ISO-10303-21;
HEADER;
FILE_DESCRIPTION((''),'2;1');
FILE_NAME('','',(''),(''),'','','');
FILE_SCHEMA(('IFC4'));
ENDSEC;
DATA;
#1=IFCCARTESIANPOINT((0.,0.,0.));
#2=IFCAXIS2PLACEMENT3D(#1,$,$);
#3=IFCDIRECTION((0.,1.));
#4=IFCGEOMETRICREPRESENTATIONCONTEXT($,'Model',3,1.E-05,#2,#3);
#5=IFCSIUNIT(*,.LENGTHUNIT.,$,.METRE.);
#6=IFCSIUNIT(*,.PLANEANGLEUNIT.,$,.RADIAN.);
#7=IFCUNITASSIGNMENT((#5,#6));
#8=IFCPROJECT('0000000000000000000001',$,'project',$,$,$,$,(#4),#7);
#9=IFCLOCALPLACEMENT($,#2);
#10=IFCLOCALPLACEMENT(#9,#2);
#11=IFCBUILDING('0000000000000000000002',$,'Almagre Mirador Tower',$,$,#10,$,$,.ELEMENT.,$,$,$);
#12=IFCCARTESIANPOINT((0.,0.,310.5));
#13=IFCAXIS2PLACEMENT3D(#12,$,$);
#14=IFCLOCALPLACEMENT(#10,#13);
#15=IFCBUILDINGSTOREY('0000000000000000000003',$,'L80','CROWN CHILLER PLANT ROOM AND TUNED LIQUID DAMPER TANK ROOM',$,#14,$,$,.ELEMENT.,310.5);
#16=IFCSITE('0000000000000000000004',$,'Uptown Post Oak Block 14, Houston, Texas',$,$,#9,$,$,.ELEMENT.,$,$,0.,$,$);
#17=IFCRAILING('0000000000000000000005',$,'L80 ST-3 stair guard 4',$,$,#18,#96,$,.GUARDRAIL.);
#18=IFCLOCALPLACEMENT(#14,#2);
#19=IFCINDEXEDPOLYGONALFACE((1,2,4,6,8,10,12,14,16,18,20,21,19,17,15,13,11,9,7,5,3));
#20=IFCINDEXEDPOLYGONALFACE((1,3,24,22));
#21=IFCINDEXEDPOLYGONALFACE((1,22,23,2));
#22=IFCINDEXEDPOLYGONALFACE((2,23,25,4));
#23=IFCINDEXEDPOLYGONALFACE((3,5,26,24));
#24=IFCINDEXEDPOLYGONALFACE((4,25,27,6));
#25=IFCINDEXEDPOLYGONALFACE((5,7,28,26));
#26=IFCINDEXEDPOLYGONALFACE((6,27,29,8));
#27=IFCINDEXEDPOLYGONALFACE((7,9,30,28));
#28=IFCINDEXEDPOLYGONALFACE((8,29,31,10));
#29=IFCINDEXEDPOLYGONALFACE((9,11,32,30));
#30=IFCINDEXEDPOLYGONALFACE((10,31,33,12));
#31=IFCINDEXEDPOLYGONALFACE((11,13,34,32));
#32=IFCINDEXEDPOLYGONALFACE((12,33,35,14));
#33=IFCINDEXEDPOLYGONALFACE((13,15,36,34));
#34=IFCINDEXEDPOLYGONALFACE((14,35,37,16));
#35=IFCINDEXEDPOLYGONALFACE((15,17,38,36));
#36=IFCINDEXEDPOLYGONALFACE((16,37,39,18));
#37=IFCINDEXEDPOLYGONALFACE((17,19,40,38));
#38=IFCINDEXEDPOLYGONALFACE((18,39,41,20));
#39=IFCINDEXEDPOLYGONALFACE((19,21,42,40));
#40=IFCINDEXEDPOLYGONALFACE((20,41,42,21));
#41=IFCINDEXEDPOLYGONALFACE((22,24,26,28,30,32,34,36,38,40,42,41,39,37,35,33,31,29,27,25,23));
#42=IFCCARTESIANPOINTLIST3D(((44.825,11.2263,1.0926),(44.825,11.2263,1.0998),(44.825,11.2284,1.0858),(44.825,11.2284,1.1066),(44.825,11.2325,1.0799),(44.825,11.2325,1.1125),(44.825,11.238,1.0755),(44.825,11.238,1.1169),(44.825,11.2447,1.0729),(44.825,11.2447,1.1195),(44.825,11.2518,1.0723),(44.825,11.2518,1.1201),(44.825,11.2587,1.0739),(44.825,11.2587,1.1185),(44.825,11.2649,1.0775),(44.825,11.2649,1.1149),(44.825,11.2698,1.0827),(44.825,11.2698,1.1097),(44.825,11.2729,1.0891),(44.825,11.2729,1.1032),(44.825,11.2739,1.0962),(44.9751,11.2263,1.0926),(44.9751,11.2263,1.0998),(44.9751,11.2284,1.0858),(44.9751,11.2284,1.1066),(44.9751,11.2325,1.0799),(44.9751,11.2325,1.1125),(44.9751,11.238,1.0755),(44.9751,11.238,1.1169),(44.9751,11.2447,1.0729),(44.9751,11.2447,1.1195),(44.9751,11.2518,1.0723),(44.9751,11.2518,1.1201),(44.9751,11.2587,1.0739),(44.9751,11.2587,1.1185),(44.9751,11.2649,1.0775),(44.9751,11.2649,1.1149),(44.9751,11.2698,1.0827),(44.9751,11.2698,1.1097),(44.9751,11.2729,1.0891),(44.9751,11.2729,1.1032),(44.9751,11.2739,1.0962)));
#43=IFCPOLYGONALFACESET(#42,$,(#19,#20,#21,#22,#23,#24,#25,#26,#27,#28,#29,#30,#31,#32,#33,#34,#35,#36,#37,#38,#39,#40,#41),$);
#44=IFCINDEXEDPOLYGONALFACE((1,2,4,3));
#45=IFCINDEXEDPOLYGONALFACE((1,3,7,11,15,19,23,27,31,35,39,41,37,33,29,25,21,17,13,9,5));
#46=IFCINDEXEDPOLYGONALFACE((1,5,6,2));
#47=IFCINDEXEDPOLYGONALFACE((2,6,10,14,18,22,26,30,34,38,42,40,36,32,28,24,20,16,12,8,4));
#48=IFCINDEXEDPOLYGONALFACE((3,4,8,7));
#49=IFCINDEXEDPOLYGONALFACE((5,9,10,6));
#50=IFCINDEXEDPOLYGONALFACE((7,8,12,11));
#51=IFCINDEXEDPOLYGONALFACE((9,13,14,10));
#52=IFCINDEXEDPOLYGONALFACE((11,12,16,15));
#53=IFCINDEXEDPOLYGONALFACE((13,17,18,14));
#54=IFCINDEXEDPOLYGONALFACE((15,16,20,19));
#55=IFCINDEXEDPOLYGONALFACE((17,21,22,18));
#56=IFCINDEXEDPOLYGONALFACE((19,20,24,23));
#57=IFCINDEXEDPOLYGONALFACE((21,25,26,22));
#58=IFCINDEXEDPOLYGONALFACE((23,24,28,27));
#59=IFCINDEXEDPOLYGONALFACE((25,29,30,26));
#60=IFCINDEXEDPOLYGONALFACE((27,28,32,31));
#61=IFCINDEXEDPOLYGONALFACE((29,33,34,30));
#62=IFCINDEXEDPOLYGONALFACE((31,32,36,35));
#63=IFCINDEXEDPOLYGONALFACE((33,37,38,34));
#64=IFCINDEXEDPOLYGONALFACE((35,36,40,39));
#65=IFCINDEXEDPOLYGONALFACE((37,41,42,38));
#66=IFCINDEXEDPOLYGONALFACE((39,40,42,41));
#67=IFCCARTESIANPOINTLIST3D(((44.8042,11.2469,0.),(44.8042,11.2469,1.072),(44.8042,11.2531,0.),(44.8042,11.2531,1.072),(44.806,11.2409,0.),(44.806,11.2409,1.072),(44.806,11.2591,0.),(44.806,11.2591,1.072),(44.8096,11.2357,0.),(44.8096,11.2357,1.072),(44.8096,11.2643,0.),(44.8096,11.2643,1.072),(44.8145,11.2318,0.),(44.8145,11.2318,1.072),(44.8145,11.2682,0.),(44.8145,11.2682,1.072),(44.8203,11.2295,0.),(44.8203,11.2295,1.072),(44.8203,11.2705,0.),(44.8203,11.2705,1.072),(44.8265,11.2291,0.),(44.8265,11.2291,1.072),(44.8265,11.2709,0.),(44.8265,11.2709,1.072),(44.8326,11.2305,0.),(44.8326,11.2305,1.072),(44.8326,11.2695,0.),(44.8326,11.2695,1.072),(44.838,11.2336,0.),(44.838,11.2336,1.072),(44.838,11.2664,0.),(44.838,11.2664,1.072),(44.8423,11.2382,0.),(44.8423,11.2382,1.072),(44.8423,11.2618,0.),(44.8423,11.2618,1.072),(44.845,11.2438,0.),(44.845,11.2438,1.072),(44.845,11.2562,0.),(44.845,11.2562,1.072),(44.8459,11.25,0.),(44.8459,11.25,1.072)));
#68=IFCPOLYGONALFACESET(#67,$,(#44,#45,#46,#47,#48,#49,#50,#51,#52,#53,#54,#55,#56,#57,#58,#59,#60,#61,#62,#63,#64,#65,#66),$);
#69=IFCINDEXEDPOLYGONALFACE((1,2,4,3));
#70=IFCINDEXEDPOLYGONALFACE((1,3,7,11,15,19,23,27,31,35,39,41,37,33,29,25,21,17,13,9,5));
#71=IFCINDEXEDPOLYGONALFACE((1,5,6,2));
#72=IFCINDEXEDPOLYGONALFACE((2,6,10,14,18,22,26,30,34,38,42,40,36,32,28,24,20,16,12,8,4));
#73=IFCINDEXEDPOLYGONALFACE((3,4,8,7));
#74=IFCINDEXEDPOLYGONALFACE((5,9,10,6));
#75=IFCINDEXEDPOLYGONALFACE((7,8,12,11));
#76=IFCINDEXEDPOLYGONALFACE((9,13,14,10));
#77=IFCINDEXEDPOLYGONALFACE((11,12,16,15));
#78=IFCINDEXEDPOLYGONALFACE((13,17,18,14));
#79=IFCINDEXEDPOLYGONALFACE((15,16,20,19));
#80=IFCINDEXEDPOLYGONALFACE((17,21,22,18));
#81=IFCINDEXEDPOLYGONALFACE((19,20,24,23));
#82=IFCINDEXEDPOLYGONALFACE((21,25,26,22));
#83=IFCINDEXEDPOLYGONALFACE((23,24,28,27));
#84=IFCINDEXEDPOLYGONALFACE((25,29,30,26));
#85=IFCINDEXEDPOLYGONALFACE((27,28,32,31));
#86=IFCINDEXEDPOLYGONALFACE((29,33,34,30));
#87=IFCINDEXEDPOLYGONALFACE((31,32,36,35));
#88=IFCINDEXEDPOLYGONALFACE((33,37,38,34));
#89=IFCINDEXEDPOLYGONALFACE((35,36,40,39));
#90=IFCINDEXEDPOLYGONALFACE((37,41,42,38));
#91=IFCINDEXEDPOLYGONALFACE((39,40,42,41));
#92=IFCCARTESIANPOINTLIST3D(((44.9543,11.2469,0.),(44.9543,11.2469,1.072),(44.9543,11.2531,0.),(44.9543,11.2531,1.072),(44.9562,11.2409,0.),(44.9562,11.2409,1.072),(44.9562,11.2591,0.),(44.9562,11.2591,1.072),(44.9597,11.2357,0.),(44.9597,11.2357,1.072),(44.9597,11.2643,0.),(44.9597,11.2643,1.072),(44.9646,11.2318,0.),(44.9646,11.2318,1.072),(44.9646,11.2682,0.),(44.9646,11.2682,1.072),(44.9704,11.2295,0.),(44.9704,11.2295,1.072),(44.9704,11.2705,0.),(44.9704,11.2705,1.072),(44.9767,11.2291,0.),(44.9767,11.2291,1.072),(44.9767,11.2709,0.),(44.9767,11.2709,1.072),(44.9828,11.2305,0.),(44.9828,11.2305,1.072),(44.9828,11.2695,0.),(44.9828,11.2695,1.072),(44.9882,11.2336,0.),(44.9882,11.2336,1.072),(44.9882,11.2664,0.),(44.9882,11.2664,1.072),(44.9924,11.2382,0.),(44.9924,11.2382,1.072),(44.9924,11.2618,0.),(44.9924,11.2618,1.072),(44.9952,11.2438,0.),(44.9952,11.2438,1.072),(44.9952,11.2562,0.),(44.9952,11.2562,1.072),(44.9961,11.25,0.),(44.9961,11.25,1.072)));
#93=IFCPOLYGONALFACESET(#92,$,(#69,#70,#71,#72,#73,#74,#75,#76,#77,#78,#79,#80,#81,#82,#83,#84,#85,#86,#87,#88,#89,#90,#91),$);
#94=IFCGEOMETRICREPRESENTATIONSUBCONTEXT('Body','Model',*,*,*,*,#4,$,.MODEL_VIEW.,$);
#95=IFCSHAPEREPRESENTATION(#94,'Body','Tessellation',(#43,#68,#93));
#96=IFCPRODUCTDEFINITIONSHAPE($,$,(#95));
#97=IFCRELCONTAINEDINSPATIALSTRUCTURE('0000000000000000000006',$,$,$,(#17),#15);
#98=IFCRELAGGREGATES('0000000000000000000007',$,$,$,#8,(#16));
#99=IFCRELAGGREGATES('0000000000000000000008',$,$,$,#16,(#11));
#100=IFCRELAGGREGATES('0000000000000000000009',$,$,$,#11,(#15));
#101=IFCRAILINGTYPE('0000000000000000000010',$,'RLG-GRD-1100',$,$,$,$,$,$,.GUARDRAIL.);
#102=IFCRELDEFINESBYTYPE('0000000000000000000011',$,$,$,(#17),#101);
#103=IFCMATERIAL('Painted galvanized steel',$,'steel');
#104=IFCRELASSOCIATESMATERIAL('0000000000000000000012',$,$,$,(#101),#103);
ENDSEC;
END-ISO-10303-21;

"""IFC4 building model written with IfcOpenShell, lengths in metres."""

from ifc_helpers import new_model, si_unit, direction, frame, origin, origin_2d, place, context, subcontext, project, spatial, circle, extrude, material, type_object, element, save


model = new_model("IFC4")

# Units and contexts
model_context = context("Model", 3, precision=1e-05, world=origin(), true_north=direction((0.0, 1.0)))
body_context = subcontext(model_context, "Body", "Model", "MODEL_VIEW")
ifc_project = project(units=[si_unit("LENGTHUNIT", "METRE"), si_unit("PLANEANGLEUNIT", "RADIAN")], contexts=[model_context])

# Site, building, storey
site_placement = place(None, origin())
site = spatial("IfcSite", under=ifc_project, at=site_placement, Name="Uptown Post Oak Block 14, Houston, Texas", CompositionType="ELEMENT", RefElevation=0.0)
building_placement = place(site_placement, origin())
building = spatial("IfcBuilding", under=site, at=building_placement, Name="Almagre Mirador Tower", CompositionType="ELEMENT")
storey_placement = place(building_placement, frame((0.0, 0.0, 310.5)))
storey = spatial("IfcBuildingStorey", under=building, at=storey_placement, Name="L80", Description="CROWN CHILLER PLANT ROOM AND TUNED LIQUID DAMPER TANK ROOM", CompositionType="ELEMENT", Elevation=310.5)

# Railing
ifc_material_1 = material(Name="Painted galvanized steel", Category="steel")
railing_type_1 = type_object("IfcRailingType", Name="RLG-GRD-1100", PredefinedType="GUARDRAIL", material=ifc_material_1)
railing_1_placement = place(storey_placement, frame((44.825, 11.25, 0.0)))
element("IfcRailing", 1, at=railing_1_placement, inside=storey, type_object=railing_type_1, Name="L80 ST-3 stair guard 4", PredefinedType="GUARDRAIL", context=body_context, shape_type="SweptSolid", body=[
    extrude(circle(Radius=0.0239, at=origin_2d()), frame((0.0, 0.0, 1.0962), z_axis=(1.0, 0.0, 0.0), x_axis=(0.0, 1.0, 0.0)), (0.0, 0.0, 1.0), 0.1501),
    extrude(circle(Radius=0.021, at=origin_2d()), origin(), (0.0, 0.0, 1.0), 1.072),
    extrude(circle(Radius=0.021, at=origin_2d()), frame((0.1501, 0.0, 0.0)), (0.0, 0.0, 1.0), 1.072),
])

save(model, "model.ifc")
